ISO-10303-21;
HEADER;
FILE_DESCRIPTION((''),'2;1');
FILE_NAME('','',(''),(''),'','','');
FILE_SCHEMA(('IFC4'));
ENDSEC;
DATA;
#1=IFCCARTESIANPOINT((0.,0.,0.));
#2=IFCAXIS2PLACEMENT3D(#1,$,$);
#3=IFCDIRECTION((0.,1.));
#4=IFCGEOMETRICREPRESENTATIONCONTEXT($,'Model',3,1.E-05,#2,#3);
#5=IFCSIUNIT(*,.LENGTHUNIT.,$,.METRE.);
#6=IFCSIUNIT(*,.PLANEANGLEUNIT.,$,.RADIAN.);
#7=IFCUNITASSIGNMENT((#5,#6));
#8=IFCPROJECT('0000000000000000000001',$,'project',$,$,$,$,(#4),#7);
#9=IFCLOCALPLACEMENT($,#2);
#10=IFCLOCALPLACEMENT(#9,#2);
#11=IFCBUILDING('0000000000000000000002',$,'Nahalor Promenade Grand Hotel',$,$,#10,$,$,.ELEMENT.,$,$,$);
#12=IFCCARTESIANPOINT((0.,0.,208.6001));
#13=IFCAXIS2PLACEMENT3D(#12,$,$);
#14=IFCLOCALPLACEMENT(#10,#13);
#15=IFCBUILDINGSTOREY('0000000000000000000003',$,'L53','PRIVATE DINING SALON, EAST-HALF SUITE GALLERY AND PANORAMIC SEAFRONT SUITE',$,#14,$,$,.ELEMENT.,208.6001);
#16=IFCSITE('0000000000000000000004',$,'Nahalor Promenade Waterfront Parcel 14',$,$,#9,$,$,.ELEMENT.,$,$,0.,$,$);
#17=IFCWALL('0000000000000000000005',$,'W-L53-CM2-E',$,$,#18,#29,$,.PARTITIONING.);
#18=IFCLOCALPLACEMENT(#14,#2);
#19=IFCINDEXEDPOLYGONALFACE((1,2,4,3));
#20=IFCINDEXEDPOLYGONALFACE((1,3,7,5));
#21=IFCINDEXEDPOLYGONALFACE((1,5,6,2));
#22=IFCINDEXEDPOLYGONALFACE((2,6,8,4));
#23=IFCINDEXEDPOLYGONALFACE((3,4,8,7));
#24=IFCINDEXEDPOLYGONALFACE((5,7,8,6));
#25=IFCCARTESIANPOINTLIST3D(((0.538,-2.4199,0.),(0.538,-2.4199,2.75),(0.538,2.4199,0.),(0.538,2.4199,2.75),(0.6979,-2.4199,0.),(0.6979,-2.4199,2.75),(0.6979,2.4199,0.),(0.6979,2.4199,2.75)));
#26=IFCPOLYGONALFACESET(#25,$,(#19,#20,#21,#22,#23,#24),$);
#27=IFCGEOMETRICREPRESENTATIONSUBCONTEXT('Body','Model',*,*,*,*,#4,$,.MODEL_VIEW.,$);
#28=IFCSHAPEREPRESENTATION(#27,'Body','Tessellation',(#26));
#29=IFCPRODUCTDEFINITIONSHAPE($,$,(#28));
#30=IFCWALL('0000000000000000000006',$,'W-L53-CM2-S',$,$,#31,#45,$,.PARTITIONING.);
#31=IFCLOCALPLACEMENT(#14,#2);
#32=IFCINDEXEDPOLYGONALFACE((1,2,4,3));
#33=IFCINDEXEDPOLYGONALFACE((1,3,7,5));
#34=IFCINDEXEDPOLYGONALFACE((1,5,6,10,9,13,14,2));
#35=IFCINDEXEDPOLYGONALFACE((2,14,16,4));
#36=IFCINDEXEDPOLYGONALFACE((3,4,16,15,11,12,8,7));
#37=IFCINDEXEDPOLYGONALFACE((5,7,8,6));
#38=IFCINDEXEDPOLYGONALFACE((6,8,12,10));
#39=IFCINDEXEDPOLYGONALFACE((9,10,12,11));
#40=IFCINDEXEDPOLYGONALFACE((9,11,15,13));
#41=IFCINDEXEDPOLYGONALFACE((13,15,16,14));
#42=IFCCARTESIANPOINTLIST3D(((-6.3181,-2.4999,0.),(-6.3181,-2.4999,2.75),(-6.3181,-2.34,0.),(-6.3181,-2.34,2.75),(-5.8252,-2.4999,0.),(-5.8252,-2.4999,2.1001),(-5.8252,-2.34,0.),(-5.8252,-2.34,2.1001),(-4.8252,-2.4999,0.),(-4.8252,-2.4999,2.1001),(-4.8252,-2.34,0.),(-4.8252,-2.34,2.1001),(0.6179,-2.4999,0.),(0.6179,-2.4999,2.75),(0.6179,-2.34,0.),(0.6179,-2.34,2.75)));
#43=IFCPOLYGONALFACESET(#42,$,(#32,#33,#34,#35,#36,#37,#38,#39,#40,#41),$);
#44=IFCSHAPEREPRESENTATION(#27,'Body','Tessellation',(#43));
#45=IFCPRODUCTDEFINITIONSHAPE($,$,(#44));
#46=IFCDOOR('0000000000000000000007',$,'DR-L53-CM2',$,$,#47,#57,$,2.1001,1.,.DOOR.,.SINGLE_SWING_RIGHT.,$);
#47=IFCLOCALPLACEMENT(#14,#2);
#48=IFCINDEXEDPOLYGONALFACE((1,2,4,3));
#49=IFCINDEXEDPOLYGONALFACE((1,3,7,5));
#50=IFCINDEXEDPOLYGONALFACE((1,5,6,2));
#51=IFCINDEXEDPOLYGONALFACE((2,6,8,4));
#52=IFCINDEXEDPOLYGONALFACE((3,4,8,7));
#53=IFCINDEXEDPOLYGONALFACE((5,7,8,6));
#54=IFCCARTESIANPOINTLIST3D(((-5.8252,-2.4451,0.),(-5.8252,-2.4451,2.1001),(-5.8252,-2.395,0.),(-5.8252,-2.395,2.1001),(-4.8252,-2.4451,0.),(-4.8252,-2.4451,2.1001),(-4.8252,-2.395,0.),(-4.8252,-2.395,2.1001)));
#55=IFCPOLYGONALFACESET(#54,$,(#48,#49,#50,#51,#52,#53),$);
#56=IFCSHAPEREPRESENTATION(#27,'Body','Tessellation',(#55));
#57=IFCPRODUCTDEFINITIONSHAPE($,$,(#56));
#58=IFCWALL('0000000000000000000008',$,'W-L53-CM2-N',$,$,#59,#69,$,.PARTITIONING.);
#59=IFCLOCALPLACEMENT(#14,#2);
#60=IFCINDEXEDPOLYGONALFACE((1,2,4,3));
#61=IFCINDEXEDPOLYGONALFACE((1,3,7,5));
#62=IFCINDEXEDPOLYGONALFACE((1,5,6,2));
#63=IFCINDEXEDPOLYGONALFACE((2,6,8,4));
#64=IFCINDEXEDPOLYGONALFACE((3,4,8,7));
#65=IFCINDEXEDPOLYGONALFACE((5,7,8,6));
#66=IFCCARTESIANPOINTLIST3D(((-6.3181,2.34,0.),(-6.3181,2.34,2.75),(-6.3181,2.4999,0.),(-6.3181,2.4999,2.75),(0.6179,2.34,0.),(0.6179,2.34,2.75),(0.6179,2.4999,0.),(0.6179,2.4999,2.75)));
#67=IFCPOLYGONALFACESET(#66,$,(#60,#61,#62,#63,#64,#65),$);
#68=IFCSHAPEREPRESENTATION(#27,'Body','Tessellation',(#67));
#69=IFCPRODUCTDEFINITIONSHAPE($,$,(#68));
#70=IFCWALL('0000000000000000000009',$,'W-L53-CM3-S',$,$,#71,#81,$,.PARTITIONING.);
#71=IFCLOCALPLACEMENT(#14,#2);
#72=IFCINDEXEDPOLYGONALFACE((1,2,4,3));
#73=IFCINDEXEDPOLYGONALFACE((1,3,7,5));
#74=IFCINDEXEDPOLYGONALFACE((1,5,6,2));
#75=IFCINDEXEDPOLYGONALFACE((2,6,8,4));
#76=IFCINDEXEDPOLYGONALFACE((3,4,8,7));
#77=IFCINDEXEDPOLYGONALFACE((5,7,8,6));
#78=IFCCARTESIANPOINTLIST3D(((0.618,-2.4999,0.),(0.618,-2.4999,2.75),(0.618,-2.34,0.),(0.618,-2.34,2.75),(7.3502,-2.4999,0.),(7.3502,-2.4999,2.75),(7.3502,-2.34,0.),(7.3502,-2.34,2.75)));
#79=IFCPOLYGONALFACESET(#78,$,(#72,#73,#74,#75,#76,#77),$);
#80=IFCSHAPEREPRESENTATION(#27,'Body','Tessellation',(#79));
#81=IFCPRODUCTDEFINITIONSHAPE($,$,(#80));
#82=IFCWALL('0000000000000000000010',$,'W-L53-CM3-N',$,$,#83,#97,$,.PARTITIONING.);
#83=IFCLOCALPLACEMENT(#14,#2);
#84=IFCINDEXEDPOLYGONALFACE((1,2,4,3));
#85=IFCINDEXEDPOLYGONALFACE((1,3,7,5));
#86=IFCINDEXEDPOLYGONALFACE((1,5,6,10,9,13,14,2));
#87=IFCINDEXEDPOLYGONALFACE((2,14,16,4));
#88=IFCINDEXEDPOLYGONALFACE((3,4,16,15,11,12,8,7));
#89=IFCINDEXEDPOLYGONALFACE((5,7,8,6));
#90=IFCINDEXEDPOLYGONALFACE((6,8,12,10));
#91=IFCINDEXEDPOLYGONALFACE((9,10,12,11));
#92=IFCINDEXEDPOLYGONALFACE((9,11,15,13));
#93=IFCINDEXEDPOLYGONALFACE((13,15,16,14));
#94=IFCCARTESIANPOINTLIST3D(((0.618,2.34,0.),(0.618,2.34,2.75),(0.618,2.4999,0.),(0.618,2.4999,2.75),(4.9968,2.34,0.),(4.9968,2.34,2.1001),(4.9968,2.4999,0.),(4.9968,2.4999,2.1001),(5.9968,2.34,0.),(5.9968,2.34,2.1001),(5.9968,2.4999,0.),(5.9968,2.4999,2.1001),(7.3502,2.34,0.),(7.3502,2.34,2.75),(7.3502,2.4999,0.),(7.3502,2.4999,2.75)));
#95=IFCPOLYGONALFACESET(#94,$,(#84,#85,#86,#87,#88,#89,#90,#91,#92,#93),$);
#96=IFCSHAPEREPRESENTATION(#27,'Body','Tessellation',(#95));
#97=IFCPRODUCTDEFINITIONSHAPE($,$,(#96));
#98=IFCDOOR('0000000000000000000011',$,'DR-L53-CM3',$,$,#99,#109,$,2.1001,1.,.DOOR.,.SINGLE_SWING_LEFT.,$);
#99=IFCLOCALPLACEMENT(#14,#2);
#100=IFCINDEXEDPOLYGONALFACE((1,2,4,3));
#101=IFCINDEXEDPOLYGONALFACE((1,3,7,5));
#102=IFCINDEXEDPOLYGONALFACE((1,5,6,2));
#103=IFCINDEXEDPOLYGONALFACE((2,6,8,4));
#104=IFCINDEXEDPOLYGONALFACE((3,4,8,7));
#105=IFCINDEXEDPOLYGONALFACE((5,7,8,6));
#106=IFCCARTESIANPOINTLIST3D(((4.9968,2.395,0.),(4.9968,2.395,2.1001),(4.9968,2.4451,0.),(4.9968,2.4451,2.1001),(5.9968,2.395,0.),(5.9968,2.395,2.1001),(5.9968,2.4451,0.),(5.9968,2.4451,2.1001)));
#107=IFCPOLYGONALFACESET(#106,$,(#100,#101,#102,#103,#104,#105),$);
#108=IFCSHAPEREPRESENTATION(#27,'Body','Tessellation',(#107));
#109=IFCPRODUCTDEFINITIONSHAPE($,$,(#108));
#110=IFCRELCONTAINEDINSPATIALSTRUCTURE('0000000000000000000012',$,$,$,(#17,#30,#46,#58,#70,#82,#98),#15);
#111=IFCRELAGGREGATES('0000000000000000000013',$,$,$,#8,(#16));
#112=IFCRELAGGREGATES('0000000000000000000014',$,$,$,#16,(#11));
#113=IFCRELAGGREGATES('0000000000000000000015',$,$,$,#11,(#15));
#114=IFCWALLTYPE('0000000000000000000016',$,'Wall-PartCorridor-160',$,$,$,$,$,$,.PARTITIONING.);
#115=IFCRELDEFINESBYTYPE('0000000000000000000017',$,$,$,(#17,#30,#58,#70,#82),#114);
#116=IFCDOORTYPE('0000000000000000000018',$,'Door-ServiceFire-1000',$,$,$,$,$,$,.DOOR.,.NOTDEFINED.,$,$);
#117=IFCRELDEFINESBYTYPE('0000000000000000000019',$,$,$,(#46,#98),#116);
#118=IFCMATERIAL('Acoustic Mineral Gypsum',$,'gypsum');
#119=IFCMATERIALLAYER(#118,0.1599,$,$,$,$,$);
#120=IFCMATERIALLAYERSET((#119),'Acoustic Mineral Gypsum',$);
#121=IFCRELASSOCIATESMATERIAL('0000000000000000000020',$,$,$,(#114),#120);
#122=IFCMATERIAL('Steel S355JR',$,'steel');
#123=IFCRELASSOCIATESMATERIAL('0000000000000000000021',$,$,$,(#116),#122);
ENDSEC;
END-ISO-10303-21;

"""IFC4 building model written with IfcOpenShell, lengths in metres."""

from ifc_helpers import new_model, si_unit, direction, frame, frame_2d, origin, place, context, subcontext, project, spatial, rectangle, extrude, source, transform, mapped, material, layer, layer_set, type_object, element, fill, save


model = new_model("IFC4")

# Units and contexts
model_context = context("Model", 3, precision=1e-05, world=origin(), true_north=direction((0.0, 1.0)))
body_context = subcontext(model_context, "Body", "Model", "MODEL_VIEW")
ifc_project = project(units=[si_unit("LENGTHUNIT", "METRE"), si_unit("PLANEANGLEUNIT", "RADIAN")], contexts=[model_context])

# Site, building, storey
site_placement = place(None, origin())
site = spatial("IfcSite", under=ifc_project, at=site_placement, Name="Nahalor Promenade Waterfront Parcel 14", CompositionType="ELEMENT", RefElevation=0.0)
building_placement = place(site_placement, origin())
building = spatial("IfcBuilding", under=site, at=building_placement, Name="Nahalor Promenade Grand Hotel", CompositionType="ELEMENT")
storey_placement = place(building_placement, frame((0.0, 0.0, 208.6001)))
storey = spatial("IfcBuildingStorey", under=building, at=storey_placement, Name="L53", Description="PRIVATE DINING SALON, EAST-HALF SUITE GALLERY AND PANORAMIC SEAFRONT SUITE", CompositionType="ELEMENT", Elevation=208.6001)

# Shared definitions
ifc_material_1 = material(Name="Steel S355JR", Category="steel")

# Wall
ifc_material_2 = material(Name="Acoustic Mineral Gypsum", Category="gypsum")
ifc_layer_1 = layer(ifc_material_2, 0.1599)
ifc_layer_set_1 = layer_set([ifc_layer_1], Name="Acoustic Mineral Gypsum")
wall_type_1 = type_object("IfcWallType", Name="Wall-PartCorridor-160", PredefinedType="PARTITIONING", material=ifc_layer_set_1)
shared_shape_1 = source(origin(), body_context, "Body", "SweptSolid", [
    extrude(rectangle(XDim=4.8398, YDim=0.1599, at=frame_2d((2.4199, 0.0))), origin(), (0.0, 0.0, 1.0), 2.75),
])
for number, where, z_axis, x_axis, name in (
    (1, (0.6179, -2.4199, 0.0), (0.0, 0.0, 1.0), (0.0, 1.0, 0.0), "W-L53-CM2-E"),
):
    element("IfcWall", number, at=place(storey_placement, frame(where, z_axis=z_axis, x_axis=x_axis)), inside=storey, type_object=wall_type_1, Name=name, PredefinedType="PARTITIONING", context=body_context, shape_type="MappedRepresentation", body=[
        mapped(shared_shape_1, transform((0.0, 0.0, 0.0), scale=1.0)),
    ])

# Wall, opening, door
shared_shape_2 = source(origin(), body_context, "Body", "SweptSolid", [
    extrude(rectangle(XDim=6.936, YDim=0.1599, at=frame_2d((3.468, 0.0))), origin(), (0.0, 0.0, 1.0), 2.75),
])
wall_1_placement = place(storey_placement, frame((-6.3181, -2.4199, 0.0), z_axis=(0.0, 0.0, 1.0), x_axis=(1.0, 0.0, 0.0)))
wall_1 = element("IfcWall", 2, at=wall_1_placement, inside=storey, type_object=wall_type_1, Name="W-L53-CM2-S", PredefinedType="PARTITIONING", context=body_context, shape_type="MappedRepresentation", body=[
    mapped(shared_shape_2, transform((0.0, 0.0, 0.0), scale=1.0)),
])
opening_1_placement = place(wall_1_placement, frame((0.4929, 0.0, 0.0)))
opening_1 = element("IfcOpeningElement", 3, at=opening_1_placement, cuts=wall_1, PredefinedType="OPENING", context=body_context, shape_type="SweptSolid", body=[
    extrude(rectangle(XDim=1.0, YDim=2.1001, at=frame_2d((0.5, 1.05))), frame((0.0, 0.0898, 0.0), z_axis=(0.0, -1.0, 0.0), x_axis=(1.0, 0.0, 0.0)), (0.0, 0.0, 1.0), 0.1799),
])
door_type = type_object("IfcDoorType", Name="Door-ServiceFire-1000", OperationType="NOTDEFINED", PredefinedType="DOOR", material=ifc_material_1)
shared_shape_3 = source(origin(), body_context, "Body", "SweptSolid", [
    extrude(rectangle(XDim=1.0, YDim=2.1001, at=frame_2d((0.5, 1.05))), frame((0.0, 0.0249, 0.0), z_axis=(0.0, -1.0, 0.0), x_axis=(1.0, 0.0, 0.0)), (0.0, 0.0, 1.0), 0.05),
])
door_1_placement = place(opening_1_placement, origin())
door_1 = element("IfcDoor", 4, at=door_1_placement, inside=storey, type_object=door_type, Name="DR-L53-CM2", OperationType="SINGLE_SWING_RIGHT", OverallHeight=2.1001, OverallWidth=1.0, PredefinedType="DOOR", context=body_context, shape_type="MappedRepresentation", body=[
    mapped(shared_shape_3, transform((0.0, 0.0, 0.0), scale=1.0)),
])
fill(opening_1, door_1)

# Walls
wall_2_placement = place(storey_placement, frame((-6.3181, 2.4199, 0.0), z_axis=(0.0, 0.0, 1.0), x_axis=(1.0, 0.0, 0.0)))
element("IfcWall", 5, at=wall_2_placement, inside=storey, type_object=wall_type_1, Name="W-L53-CM2-N", PredefinedType="PARTITIONING", context=body_context, shape_type="MappedRepresentation", body=[
    mapped(shared_shape_2, transform((0.0, 0.0, 0.0), scale=1.0)),
])
shared_shape_4 = source(origin(), body_context, "Body", "SweptSolid", [
    extrude(rectangle(XDim=6.7322, YDim=0.1599, at=frame_2d((3.3662, 0.0))), origin(), (0.0, 0.0, 1.0), 2.75),
])
wall_3_placement = place(storey_placement, frame((0.6179, -2.4199, 0.0), z_axis=(0.0, 0.0, 1.0), x_axis=(1.0, 0.0, 0.0)))
element("IfcWall", 6, at=wall_3_placement, inside=storey, type_object=wall_type_1, Name="W-L53-CM3-S", PredefinedType="PARTITIONING", context=body_context, shape_type="MappedRepresentation", body=[
    mapped(shared_shape_4, transform((0.0, 0.0, 0.0), scale=1.0)),
])

# Wall, opening, door
wall_4_placement = place(storey_placement, frame((0.6179, 2.4199, 0.0), z_axis=(0.0, 0.0, 1.0), x_axis=(1.0, 0.0, 0.0)))
wall_4 = element("IfcWall", 7, at=wall_4_placement, inside=storey, type_object=wall_type_1, Name="W-L53-CM3-N", PredefinedType="PARTITIONING", context=body_context, shape_type="MappedRepresentation", body=[
    mapped(shared_shape_4, transform((0.0, 0.0, 0.0), scale=1.0)),
])
opening_2_placement = place(wall_4_placement, frame((4.3789, 0.0, 0.0)))
opening_2 = element("IfcOpeningElement", 8, at=opening_2_placement, cuts=wall_4, PredefinedType="OPENING", context=body_context, shape_type="SweptSolid", body=[
    extrude(rectangle(XDim=1.0, YDim=2.1001, at=frame_2d((0.5, 1.05))), frame((0.0, 0.0898, 0.0), z_axis=(0.0, -1.0, 0.0), x_axis=(1.0, 0.0, 0.0)), (0.0, 0.0, 1.0), 0.1799),
])
door_2_placement = place(opening_2_placement, frame((1.0, 0.0, 0.0), z_axis=(0.0, 0.0, 1.0), x_axis=(-1.0, 0.0, 0.0)))
door_2 = element("IfcDoor", 9, at=door_2_placement, inside=storey, type_object=door_type, Name="DR-L53-CM3", OperationType="SINGLE_SWING_LEFT", OverallHeight=2.1001, OverallWidth=1.0, PredefinedType="DOOR", context=body_context, shape_type="MappedRepresentation", body=[
    mapped(shared_shape_3, transform((0.0, 0.0, 0.0), scale=1.0)),
])
fill(opening_2, door_2)

save(model, "model.ifc")
